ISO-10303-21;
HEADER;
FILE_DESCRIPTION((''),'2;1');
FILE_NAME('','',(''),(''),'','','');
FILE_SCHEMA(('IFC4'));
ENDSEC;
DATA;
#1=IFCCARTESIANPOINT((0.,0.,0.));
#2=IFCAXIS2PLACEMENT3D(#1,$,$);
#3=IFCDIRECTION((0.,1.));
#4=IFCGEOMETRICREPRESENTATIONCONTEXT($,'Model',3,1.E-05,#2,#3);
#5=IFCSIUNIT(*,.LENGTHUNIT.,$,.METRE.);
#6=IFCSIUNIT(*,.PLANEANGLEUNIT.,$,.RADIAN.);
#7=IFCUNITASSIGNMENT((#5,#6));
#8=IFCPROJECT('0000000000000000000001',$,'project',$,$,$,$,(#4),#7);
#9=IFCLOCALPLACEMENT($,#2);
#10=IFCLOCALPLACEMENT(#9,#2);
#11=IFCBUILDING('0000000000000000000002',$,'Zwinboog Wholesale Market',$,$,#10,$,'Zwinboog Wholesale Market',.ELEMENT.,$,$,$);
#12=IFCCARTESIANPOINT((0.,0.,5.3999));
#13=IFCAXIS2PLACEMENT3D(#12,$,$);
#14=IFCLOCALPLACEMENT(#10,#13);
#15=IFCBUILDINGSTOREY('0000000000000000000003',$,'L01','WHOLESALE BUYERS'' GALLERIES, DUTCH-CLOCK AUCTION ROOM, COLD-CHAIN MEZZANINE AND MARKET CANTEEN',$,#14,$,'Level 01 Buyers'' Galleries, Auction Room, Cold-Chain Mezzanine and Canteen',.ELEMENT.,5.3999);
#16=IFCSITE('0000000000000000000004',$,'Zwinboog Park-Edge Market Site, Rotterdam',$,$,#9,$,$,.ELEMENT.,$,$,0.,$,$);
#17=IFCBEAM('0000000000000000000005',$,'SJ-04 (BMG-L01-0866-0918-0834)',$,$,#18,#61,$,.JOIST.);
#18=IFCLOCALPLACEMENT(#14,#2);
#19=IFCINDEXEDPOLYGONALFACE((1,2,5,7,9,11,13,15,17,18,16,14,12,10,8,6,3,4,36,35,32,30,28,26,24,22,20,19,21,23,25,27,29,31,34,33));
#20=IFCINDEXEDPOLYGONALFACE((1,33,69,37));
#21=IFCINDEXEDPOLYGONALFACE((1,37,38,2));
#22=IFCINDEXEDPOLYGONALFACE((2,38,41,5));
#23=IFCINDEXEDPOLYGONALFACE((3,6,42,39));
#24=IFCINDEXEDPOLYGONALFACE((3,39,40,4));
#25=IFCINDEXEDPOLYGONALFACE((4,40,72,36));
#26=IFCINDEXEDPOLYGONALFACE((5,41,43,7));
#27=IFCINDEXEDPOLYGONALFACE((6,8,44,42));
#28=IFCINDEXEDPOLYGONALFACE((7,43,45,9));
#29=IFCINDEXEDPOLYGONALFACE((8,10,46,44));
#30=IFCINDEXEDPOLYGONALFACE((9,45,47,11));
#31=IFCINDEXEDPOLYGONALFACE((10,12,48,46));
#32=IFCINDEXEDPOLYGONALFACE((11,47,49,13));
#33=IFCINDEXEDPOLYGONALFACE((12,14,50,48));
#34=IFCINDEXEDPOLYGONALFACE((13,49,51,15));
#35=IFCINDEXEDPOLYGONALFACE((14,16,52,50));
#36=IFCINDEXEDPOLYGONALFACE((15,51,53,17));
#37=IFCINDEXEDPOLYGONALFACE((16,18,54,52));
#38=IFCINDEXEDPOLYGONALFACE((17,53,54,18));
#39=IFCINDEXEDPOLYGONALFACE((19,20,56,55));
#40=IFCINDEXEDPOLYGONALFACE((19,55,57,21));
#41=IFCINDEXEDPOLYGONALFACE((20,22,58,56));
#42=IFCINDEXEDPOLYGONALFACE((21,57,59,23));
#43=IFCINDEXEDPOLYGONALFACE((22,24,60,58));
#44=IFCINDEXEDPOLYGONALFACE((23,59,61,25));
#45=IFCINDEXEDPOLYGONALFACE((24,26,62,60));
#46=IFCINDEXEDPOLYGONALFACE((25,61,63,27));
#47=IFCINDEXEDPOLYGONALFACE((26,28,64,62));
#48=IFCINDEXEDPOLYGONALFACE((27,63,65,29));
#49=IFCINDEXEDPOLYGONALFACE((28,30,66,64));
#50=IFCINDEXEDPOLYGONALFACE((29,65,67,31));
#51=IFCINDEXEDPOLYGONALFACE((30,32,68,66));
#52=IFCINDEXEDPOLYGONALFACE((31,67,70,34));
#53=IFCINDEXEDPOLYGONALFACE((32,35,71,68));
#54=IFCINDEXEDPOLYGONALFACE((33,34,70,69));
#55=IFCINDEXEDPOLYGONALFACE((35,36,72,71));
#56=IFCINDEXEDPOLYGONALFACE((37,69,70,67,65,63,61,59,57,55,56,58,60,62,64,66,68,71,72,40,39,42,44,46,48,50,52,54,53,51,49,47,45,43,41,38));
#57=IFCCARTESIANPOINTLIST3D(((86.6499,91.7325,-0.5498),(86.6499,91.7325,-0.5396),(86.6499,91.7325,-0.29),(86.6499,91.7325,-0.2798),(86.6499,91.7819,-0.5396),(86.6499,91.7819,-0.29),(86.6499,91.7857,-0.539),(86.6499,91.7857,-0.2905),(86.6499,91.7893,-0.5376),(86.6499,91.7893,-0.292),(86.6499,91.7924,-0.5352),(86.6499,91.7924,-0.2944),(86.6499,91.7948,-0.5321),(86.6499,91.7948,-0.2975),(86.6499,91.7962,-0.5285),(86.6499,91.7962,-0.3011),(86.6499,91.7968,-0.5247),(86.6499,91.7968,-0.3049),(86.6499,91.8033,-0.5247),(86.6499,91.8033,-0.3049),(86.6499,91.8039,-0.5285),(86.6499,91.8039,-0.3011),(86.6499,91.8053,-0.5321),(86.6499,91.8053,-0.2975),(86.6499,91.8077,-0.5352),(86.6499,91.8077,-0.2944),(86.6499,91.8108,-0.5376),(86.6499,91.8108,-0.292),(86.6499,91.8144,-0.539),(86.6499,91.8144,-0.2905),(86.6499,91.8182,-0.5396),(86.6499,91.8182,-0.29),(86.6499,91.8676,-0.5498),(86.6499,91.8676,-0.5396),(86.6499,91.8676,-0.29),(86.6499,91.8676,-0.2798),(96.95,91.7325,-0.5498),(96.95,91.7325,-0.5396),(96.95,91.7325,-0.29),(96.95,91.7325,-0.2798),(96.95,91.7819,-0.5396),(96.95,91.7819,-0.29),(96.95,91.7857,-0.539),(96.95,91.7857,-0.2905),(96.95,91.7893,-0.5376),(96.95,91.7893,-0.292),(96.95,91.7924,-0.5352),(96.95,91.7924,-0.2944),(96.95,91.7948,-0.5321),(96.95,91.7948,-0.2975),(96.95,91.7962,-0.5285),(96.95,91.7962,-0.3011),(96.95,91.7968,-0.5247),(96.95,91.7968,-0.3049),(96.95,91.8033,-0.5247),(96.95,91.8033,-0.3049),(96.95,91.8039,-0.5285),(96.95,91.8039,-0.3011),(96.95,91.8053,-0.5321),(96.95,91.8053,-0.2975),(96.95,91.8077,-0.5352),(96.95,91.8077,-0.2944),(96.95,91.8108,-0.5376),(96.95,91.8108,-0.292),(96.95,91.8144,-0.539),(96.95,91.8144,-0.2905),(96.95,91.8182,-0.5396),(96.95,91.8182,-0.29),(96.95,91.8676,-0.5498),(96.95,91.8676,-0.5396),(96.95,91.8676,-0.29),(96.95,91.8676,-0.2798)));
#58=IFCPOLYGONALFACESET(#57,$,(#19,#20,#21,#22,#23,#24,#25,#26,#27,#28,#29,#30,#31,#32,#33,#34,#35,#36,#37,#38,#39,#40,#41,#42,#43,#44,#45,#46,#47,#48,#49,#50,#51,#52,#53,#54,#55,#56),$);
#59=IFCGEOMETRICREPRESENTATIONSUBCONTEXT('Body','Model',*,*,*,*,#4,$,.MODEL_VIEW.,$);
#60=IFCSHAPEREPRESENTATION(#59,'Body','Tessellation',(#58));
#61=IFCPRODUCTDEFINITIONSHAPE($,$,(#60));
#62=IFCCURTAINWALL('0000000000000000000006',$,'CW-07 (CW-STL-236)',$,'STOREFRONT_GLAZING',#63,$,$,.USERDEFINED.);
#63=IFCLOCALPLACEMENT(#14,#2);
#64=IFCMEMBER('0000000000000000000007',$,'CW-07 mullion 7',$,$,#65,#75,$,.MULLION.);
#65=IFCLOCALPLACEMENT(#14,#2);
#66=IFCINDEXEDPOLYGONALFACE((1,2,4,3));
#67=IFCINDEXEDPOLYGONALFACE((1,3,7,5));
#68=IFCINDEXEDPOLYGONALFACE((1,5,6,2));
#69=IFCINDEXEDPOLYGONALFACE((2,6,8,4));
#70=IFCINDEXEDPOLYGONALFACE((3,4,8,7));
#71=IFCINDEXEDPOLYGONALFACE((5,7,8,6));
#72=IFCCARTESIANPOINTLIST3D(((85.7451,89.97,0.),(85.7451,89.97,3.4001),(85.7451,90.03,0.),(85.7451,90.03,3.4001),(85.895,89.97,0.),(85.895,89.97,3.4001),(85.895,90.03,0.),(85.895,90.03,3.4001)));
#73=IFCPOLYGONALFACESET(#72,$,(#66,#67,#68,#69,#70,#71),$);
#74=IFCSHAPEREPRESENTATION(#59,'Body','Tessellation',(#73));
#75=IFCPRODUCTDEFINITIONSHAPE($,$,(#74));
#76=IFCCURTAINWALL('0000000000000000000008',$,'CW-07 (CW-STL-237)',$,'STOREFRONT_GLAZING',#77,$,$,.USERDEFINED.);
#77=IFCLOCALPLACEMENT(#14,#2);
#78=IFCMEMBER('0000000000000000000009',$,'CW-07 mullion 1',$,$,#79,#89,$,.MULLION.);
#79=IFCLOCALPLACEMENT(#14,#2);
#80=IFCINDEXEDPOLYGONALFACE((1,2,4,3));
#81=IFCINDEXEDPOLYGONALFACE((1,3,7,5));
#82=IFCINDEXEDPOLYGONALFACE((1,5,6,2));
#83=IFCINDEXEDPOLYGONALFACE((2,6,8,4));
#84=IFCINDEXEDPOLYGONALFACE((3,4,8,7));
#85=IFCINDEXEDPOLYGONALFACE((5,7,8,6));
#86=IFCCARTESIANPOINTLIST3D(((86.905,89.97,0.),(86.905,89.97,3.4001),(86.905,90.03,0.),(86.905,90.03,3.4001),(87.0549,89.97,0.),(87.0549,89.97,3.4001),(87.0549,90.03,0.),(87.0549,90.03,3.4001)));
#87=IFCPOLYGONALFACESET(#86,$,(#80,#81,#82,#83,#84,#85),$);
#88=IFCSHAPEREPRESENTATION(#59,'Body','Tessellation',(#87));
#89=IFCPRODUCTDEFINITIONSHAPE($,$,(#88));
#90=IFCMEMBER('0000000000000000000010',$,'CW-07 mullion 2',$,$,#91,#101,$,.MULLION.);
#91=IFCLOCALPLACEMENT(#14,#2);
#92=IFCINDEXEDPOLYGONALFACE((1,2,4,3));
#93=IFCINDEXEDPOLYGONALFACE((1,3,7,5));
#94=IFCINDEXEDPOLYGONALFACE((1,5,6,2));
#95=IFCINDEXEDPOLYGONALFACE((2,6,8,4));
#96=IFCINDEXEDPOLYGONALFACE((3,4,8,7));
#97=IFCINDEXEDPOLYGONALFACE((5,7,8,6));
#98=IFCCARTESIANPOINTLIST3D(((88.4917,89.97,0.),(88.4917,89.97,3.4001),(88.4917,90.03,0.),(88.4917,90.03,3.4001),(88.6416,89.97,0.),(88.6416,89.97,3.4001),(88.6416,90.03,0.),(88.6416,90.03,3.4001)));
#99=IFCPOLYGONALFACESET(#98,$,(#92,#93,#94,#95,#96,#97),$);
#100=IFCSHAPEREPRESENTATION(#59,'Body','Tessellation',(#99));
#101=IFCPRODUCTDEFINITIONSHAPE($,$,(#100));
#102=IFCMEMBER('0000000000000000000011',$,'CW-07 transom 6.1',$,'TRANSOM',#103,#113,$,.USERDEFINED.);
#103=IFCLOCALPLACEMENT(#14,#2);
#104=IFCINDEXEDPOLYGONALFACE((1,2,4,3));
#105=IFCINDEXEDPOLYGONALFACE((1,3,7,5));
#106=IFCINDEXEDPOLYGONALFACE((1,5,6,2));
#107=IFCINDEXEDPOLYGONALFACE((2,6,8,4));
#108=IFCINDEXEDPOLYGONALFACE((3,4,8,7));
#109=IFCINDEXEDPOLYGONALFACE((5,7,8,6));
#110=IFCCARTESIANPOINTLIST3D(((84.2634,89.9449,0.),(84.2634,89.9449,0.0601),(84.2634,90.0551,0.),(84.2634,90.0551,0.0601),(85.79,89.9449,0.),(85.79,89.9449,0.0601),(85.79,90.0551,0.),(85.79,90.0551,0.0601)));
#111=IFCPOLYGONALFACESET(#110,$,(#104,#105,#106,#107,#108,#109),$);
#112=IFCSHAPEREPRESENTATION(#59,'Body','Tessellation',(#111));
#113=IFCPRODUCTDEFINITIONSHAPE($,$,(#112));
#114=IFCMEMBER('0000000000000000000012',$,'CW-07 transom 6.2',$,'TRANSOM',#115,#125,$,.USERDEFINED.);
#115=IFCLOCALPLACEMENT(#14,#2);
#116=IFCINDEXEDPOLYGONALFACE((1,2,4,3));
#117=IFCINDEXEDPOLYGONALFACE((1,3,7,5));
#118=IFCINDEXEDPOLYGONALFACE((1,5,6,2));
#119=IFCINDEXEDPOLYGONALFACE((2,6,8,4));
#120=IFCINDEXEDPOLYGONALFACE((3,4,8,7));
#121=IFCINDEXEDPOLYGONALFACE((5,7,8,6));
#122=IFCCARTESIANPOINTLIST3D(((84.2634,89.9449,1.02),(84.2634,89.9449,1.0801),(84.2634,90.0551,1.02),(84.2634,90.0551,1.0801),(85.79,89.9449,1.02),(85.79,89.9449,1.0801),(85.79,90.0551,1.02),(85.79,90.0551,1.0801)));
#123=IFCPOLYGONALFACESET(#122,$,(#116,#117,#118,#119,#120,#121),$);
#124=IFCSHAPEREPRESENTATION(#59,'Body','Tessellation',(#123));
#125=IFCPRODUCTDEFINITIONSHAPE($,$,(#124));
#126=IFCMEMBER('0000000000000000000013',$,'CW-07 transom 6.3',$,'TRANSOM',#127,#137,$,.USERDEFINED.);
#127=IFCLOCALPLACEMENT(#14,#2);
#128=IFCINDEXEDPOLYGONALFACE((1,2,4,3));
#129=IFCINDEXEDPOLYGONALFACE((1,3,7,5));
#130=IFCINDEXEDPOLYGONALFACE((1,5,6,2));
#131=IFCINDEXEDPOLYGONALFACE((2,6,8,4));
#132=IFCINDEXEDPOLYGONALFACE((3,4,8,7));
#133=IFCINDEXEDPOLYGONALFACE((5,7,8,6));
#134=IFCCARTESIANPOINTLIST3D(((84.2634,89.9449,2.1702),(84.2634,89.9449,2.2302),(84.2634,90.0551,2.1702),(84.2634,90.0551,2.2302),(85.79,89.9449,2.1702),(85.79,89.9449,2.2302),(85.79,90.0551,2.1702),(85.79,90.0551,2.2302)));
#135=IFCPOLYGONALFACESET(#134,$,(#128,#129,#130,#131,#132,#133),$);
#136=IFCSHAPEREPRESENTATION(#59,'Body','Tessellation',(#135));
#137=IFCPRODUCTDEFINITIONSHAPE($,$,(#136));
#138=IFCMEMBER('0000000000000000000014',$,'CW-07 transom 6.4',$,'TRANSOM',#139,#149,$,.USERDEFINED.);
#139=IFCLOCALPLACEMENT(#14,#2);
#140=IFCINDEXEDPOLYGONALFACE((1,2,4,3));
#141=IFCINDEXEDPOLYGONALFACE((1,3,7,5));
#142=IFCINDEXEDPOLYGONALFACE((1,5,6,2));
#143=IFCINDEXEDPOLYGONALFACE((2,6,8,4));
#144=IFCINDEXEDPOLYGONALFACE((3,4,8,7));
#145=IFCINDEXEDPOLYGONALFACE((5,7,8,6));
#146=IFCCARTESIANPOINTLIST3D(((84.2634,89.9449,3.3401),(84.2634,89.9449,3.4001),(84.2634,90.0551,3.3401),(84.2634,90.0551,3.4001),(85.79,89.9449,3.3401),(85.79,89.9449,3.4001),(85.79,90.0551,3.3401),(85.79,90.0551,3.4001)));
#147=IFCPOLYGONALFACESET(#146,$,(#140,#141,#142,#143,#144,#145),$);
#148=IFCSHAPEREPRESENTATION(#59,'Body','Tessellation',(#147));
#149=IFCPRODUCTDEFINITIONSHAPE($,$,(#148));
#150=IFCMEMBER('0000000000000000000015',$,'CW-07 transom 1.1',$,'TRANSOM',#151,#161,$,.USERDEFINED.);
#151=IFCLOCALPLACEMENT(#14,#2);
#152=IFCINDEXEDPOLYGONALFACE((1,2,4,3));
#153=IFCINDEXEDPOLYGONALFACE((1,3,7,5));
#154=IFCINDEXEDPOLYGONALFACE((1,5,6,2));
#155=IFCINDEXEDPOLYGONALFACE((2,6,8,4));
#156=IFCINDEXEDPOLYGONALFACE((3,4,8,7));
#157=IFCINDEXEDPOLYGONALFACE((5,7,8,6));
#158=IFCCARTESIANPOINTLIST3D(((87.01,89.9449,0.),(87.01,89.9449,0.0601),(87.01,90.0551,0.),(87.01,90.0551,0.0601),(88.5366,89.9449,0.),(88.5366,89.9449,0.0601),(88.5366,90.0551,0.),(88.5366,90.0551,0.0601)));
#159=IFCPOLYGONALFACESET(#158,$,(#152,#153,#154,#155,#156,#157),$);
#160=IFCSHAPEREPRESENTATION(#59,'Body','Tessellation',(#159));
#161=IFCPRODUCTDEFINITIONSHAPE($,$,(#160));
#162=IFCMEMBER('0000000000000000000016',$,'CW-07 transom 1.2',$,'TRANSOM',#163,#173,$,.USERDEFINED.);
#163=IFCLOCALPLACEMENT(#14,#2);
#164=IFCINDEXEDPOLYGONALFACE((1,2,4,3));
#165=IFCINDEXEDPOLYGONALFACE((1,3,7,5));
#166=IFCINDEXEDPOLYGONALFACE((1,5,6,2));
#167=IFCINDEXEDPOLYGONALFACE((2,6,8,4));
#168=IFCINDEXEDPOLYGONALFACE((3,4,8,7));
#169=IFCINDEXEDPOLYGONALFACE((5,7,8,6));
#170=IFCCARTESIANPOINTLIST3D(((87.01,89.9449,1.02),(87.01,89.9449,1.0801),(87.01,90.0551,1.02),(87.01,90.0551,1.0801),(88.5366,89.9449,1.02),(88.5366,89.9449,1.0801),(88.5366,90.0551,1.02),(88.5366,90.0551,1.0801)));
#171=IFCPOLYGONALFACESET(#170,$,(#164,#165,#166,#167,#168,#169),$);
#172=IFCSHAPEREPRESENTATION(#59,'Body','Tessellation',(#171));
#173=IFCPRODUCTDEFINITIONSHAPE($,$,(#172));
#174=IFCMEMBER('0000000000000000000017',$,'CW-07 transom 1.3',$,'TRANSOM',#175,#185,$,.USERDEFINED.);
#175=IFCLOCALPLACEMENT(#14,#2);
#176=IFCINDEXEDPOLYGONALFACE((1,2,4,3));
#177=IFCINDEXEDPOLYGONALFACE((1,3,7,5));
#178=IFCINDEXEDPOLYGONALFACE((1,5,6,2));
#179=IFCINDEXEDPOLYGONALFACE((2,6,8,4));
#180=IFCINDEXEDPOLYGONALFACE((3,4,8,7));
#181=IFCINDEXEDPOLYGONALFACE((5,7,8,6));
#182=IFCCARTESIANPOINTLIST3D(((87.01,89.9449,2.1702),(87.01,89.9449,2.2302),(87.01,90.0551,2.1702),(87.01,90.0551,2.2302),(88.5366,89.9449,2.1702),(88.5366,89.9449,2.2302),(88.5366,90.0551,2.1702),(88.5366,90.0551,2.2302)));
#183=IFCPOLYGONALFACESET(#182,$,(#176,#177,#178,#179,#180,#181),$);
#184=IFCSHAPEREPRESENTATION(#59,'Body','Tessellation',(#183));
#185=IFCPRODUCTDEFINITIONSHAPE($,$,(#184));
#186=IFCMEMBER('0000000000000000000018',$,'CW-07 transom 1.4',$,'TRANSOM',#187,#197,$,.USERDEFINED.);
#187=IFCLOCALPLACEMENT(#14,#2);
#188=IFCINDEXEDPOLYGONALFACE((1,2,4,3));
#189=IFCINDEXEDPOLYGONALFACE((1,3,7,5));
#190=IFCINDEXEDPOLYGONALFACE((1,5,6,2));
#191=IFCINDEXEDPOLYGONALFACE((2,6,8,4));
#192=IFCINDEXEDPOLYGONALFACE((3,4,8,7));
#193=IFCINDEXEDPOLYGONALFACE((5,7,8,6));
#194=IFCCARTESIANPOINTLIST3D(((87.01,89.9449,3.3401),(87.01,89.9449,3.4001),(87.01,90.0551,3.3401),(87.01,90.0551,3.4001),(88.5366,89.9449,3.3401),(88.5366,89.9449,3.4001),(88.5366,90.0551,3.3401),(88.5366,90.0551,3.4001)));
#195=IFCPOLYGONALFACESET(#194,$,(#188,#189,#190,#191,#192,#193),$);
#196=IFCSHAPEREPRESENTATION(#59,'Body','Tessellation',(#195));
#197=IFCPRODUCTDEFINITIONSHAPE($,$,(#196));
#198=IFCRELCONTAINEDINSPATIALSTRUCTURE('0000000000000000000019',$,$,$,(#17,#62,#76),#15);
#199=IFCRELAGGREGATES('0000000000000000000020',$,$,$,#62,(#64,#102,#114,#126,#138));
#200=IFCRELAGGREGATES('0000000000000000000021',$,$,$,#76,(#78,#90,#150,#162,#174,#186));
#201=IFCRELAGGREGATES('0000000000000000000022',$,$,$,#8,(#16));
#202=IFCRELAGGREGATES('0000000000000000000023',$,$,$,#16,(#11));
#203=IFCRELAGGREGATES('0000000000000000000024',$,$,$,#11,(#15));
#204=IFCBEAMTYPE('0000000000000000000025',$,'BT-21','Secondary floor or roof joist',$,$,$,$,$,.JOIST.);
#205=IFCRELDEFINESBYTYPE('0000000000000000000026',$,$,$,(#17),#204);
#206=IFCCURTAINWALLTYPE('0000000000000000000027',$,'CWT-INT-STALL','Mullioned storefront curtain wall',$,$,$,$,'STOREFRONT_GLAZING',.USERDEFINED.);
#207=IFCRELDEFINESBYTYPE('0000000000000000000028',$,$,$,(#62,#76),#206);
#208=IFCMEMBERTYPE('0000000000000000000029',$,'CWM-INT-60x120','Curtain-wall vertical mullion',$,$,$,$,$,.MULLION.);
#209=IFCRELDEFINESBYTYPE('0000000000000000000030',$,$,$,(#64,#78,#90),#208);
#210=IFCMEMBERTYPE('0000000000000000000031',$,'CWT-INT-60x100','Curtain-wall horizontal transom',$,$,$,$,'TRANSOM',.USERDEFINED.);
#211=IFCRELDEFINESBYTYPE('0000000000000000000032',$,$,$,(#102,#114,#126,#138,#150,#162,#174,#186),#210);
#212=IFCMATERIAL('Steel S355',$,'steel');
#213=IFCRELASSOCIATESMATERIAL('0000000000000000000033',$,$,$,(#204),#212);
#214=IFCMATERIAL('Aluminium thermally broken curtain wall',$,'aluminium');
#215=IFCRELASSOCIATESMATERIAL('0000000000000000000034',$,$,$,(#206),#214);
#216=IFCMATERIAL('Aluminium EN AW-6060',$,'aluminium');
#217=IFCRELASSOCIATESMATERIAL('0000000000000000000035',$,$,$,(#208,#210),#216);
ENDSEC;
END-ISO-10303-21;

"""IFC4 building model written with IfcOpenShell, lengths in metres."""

from ifc_helpers import new_model, si_unit, direction, frame, origin, origin_2d, place, context, subcontext, project, spatial, rectangle, i_section, extrude, material, material_profile, profile_set, type_object, element, aggregate, save


model = new_model("IFC4")

# Units and contexts
model_context = context("Model", 3, precision=1e-05, world=origin(), true_north=direction((0.0, 1.0)))
body_context = subcontext(model_context, "Body", "Model", "MODEL_VIEW")
ifc_project = project(units=[si_unit("LENGTHUNIT", "METRE"), si_unit("PLANEANGLEUNIT", "RADIAN")], contexts=[model_context])

# Site, building, storey
site_placement = place(None, origin())
site = spatial("IfcSite", under=ifc_project, at=site_placement, Name="Zwinboog Park-Edge Market Site, Rotterdam", CompositionType="ELEMENT", RefElevation=0.0)
building_placement = place(site_placement, origin())
building = spatial("IfcBuilding", under=site, at=building_placement, Name="Zwinboog Wholesale Market", LongName="Zwinboog Wholesale Market", CompositionType="ELEMENT")
storey_placement = place(building_placement, frame((0.0, 0.0, 5.3999)))
storey = spatial("IfcBuildingStorey", under=building, at=storey_placement, Name="L01", Description="WHOLESALE BUYERS' GALLERIES, DUTCH-CLOCK AUCTION ROOM, COLD-CHAIN MEZZANINE AND MARKET CANTEEN", LongName="Level 01 Buyers' Galleries, Auction Room, Cold-Chain Mezzanine and Canteen", CompositionType="ELEMENT", Elevation=5.3999)

# Beam
ifc_material_1 = material(Name="Steel S355", Category="steel")
ifc_material_profile_1 = material_profile(ifc_material_1, i_section(OverallWidth=0.135, OverallDepth=0.27, WebThickness=0.0066, FlangeThickness=0.0103, FilletRadius=0.0149, at=origin_2d()), Name="IPE 270")
ifc_profile_set_1 = profile_set([ifc_material_profile_1], Name="Steel S355")
beam_type = type_object("IfcBeamType", Name="BT-21", Description="Secondary floor or roof joist", PredefinedType="JOIST", material=ifc_profile_set_1)
beam_placement = place(storey_placement, frame((86.6499, 91.8, -0.4148), z_axis=(1.0, 0.0, 0.0), x_axis=(0.0, 1.0, 0.0)))
element("IfcBeam", 1, at=beam_placement, inside=storey, type_object=beam_type, Name="SJ-04 (BMG-L01-0866-0918-0834)", PredefinedType="JOIST", context=body_context, shape_type="SweptSolid", body=[
    extrude(i_section(OverallWidth=0.135, OverallDepth=0.27, WebThickness=0.0066, FlangeThickness=0.0103, FilletRadius=0.0149, at=origin_2d()), origin(), (0.0, 0.0, 1.0), 10.3),
])

# Curtain wall, member
ifc_material_2 = material(Name="Aluminium thermally broken curtain wall", Category="aluminium")
curtain_wall_type = type_object("IfcCurtainWallType", Name="CWT-INT-STALL", Description="Mullioned storefront curtain wall", ElementType="STOREFRONT_GLAZING", PredefinedType="USERDEFINED", material=ifc_material_2)
curtain_wall_1_placement = place(storey_placement, origin())
curtain_wall_1 = element("IfcCurtainWall", 2, at=curtain_wall_1_placement, inside=storey, type_object=curtain_wall_type, Name="CW-07 (CW-STL-236)", ObjectType="STOREFRONT_GLAZING", PredefinedType="USERDEFINED")
ifc_material_3 = material(Name="Aluminium EN AW-6060", Category="aluminium")
ifc_material_profile_2 = material_profile(ifc_material_3, rectangle(XDim=0.0601, YDim=0.1499, at=origin_2d()), Name="AL 60x150")
ifc_profile_set_2 = profile_set([ifc_material_profile_2], Name="Aluminium EN AW-6060")
member_type_1 = type_object("IfcMemberType", Name="CWM-INT-60x120", Description="Curtain-wall vertical mullion", PredefinedType="MULLION", material=ifc_profile_set_2)
member_1_placement = place(storey_placement, frame((85.8201, 90.0, 0.0), z_axis=(0.0, 0.0, 1.0), x_axis=(0.0, 1.0, 0.0)))
member_1 = element("IfcMember", 3, at=member_1_placement, type_object=member_type_1, Name="CW-07 mullion 7", PredefinedType="MULLION", context=body_context, shape_type="SweptSolid", body=[
    extrude(rectangle(XDim=0.0601, YDim=0.1499, at=origin_2d()), origin(), (0.0, 0.0, 1.0), 3.4001),
])

# Curtain wall, members
curtain_wall_2_placement = place(storey_placement, origin())
curtain_wall_2 = element("IfcCurtainWall", 4, at=curtain_wall_2_placement, inside=storey, type_object=curtain_wall_type, Name="CW-07 (CW-STL-237)", ObjectType="STOREFRONT_GLAZING", PredefinedType="USERDEFINED")
member_2_placement = place(storey_placement, frame((86.98, 90.0, 0.0), z_axis=(0.0, 0.0, 1.0), x_axis=(0.0, 1.0, 0.0)))
member_2 = element("IfcMember", 5, at=member_2_placement, type_object=member_type_1, Name="CW-07 mullion 1", PredefinedType="MULLION", context=body_context, shape_type="SweptSolid", body=[
    extrude(rectangle(XDim=0.0601, YDim=0.1499, at=origin_2d()), origin(), (0.0, 0.0, 1.0), 3.4001),
])
member_3_placement = place(storey_placement, frame((88.5667, 90.0, 0.0), z_axis=(0.0, 0.0, 1.0), x_axis=(0.0, 1.0, 0.0)))
member_3 = element("IfcMember", 6, at=member_3_placement, type_object=member_type_1, Name="CW-07 mullion 2", PredefinedType="MULLION", context=body_context, shape_type="SweptSolid", body=[
    extrude(rectangle(XDim=0.0601, YDim=0.1499, at=origin_2d()), origin(), (0.0, 0.0, 1.0), 3.4001),
])

# Members
ifc_material_profile_3 = material_profile(ifc_material_3, rectangle(XDim=0.1101, YDim=0.0601, at=origin_2d()), Name="AL 60x110")
ifc_profile_set_3 = profile_set([ifc_material_profile_3], Name="Aluminium EN AW-6060")
member_type_2 = type_object("IfcMemberType", Name="CWT-INT-60x100", Description="Curtain-wall horizontal transom", ElementType="TRANSOM", PredefinedType="USERDEFINED", material=ifc_profile_set_3)
member_4_placement = place(storey_placement, frame((84.2634, 90.0, 0.03), z_axis=(1.0, 0.0, 0.0), x_axis=(0.0, 1.0, 0.0)))
member_4 = element("IfcMember", 7, at=member_4_placement, type_object=member_type_2, Name="CW-07 transom 6.1", ObjectType="TRANSOM", PredefinedType="USERDEFINED", context=body_context, shape_type="SweptSolid", body=[
    extrude(rectangle(XDim=0.1101, YDim=0.0601, at=origin_2d()), origin(), (0.0, 0.0, 1.0), 1.5266),
])
member_5_placement = place(storey_placement, frame((84.2634, 90.0, 1.05), z_axis=(1.0, 0.0, 0.0), x_axis=(0.0, 1.0, 0.0)))
member_5 = element("IfcMember", 8, at=member_5_placement, type_object=member_type_2, Name="CW-07 transom 6.2", ObjectType="TRANSOM", PredefinedType="USERDEFINED", context=body_context, shape_type="SweptSolid", body=[
    extrude(rectangle(XDim=0.1101, YDim=0.0601, at=origin_2d()), origin(), (0.0, 0.0, 1.0), 1.5266),
])
member_6_placement = place(storey_placement, frame((84.2634, 90.0, 2.2002), z_axis=(1.0, 0.0, 0.0), x_axis=(0.0, 1.0, 0.0)))
member_6 = element("IfcMember", 9, at=member_6_placement, type_object=member_type_2, Name="CW-07 transom 6.3", ObjectType="TRANSOM", PredefinedType="USERDEFINED", context=body_context, shape_type="SweptSolid", body=[
    extrude(rectangle(XDim=0.1101, YDim=0.0601, at=origin_2d()), origin(), (0.0, 0.0, 1.0), 1.5266),
])
member_7_placement = place(storey_placement, frame((84.2634, 90.0, 3.3701), z_axis=(1.0, 0.0, 0.0), x_axis=(0.0, 1.0, 0.0)))
member_7 = element("IfcMember", 10, at=member_7_placement, type_object=member_type_2, Name="CW-07 transom 6.4", ObjectType="TRANSOM", PredefinedType="USERDEFINED", context=body_context, shape_type="SweptSolid", body=[
    extrude(rectangle(XDim=0.1101, YDim=0.0601, at=origin_2d()), origin(), (0.0, 0.0, 1.0), 1.5266),
])
member_8_placement = place(storey_placement, frame((87.01, 90.0, 0.03), z_axis=(1.0, 0.0, 0.0), x_axis=(0.0, 1.0, 0.0)))
member_8 = element("IfcMember", 11, at=member_8_placement, type_object=member_type_2, Name="CW-07 transom 1.1", ObjectType="TRANSOM", PredefinedType="USERDEFINED", context=body_context, shape_type="SweptSolid", body=[
    extrude(rectangle(XDim=0.1101, YDim=0.0601, at=origin_2d()), origin(), (0.0, 0.0, 1.0), 1.5266),
])
member_9_placement = place(storey_placement, frame((87.01, 90.0, 1.05), z_axis=(1.0, 0.0, 0.0), x_axis=(0.0, 1.0, 0.0)))
member_9 = element("IfcMember", 12, at=member_9_placement, type_object=member_type_2, Name="CW-07 transom 1.2", ObjectType="TRANSOM", PredefinedType="USERDEFINED", context=body_context, shape_type="SweptSolid", body=[
    extrude(rectangle(XDim=0.1101, YDim=0.0601, at=origin_2d()), origin(), (0.0, 0.0, 1.0), 1.5266),
])
member_10_placement = place(storey_placement, frame((87.01, 90.0, 2.2002), z_axis=(1.0, 0.0, 0.0), x_axis=(0.0, 1.0, 0.0)))
member_10 = element("IfcMember", 13, at=member_10_placement, type_object=member_type_2, Name="CW-07 transom 1.3", ObjectType="TRANSOM", PredefinedType="USERDEFINED", context=body_context, shape_type="SweptSolid", body=[
    extrude(rectangle(XDim=0.1101, YDim=0.0601, at=origin_2d()), origin(), (0.0, 0.0, 1.0), 1.5266),
])
member_11_placement = place(storey_placement, frame((87.01, 90.0, 3.3701), z_axis=(1.0, 0.0, 0.0), x_axis=(0.0, 1.0, 0.0)))
member_11 = element("IfcMember", 14, at=member_11_placement, type_object=member_type_2, Name="CW-07 transom 1.4", ObjectType="TRANSOM", PredefinedType="USERDEFINED", context=body_context, shape_type="SweptSolid", body=[
    extrude(rectangle(XDim=0.1101, YDim=0.0601, at=origin_2d()), origin(), (0.0, 0.0, 1.0), 1.5266),
])

aggregate(curtain_wall_1, [member_1, member_4, member_5, member_6, member_7])
aggregate(curtain_wall_2, [member_2, member_3, member_8, member_9, member_10, member_11])

save(model, "model.ifc")
